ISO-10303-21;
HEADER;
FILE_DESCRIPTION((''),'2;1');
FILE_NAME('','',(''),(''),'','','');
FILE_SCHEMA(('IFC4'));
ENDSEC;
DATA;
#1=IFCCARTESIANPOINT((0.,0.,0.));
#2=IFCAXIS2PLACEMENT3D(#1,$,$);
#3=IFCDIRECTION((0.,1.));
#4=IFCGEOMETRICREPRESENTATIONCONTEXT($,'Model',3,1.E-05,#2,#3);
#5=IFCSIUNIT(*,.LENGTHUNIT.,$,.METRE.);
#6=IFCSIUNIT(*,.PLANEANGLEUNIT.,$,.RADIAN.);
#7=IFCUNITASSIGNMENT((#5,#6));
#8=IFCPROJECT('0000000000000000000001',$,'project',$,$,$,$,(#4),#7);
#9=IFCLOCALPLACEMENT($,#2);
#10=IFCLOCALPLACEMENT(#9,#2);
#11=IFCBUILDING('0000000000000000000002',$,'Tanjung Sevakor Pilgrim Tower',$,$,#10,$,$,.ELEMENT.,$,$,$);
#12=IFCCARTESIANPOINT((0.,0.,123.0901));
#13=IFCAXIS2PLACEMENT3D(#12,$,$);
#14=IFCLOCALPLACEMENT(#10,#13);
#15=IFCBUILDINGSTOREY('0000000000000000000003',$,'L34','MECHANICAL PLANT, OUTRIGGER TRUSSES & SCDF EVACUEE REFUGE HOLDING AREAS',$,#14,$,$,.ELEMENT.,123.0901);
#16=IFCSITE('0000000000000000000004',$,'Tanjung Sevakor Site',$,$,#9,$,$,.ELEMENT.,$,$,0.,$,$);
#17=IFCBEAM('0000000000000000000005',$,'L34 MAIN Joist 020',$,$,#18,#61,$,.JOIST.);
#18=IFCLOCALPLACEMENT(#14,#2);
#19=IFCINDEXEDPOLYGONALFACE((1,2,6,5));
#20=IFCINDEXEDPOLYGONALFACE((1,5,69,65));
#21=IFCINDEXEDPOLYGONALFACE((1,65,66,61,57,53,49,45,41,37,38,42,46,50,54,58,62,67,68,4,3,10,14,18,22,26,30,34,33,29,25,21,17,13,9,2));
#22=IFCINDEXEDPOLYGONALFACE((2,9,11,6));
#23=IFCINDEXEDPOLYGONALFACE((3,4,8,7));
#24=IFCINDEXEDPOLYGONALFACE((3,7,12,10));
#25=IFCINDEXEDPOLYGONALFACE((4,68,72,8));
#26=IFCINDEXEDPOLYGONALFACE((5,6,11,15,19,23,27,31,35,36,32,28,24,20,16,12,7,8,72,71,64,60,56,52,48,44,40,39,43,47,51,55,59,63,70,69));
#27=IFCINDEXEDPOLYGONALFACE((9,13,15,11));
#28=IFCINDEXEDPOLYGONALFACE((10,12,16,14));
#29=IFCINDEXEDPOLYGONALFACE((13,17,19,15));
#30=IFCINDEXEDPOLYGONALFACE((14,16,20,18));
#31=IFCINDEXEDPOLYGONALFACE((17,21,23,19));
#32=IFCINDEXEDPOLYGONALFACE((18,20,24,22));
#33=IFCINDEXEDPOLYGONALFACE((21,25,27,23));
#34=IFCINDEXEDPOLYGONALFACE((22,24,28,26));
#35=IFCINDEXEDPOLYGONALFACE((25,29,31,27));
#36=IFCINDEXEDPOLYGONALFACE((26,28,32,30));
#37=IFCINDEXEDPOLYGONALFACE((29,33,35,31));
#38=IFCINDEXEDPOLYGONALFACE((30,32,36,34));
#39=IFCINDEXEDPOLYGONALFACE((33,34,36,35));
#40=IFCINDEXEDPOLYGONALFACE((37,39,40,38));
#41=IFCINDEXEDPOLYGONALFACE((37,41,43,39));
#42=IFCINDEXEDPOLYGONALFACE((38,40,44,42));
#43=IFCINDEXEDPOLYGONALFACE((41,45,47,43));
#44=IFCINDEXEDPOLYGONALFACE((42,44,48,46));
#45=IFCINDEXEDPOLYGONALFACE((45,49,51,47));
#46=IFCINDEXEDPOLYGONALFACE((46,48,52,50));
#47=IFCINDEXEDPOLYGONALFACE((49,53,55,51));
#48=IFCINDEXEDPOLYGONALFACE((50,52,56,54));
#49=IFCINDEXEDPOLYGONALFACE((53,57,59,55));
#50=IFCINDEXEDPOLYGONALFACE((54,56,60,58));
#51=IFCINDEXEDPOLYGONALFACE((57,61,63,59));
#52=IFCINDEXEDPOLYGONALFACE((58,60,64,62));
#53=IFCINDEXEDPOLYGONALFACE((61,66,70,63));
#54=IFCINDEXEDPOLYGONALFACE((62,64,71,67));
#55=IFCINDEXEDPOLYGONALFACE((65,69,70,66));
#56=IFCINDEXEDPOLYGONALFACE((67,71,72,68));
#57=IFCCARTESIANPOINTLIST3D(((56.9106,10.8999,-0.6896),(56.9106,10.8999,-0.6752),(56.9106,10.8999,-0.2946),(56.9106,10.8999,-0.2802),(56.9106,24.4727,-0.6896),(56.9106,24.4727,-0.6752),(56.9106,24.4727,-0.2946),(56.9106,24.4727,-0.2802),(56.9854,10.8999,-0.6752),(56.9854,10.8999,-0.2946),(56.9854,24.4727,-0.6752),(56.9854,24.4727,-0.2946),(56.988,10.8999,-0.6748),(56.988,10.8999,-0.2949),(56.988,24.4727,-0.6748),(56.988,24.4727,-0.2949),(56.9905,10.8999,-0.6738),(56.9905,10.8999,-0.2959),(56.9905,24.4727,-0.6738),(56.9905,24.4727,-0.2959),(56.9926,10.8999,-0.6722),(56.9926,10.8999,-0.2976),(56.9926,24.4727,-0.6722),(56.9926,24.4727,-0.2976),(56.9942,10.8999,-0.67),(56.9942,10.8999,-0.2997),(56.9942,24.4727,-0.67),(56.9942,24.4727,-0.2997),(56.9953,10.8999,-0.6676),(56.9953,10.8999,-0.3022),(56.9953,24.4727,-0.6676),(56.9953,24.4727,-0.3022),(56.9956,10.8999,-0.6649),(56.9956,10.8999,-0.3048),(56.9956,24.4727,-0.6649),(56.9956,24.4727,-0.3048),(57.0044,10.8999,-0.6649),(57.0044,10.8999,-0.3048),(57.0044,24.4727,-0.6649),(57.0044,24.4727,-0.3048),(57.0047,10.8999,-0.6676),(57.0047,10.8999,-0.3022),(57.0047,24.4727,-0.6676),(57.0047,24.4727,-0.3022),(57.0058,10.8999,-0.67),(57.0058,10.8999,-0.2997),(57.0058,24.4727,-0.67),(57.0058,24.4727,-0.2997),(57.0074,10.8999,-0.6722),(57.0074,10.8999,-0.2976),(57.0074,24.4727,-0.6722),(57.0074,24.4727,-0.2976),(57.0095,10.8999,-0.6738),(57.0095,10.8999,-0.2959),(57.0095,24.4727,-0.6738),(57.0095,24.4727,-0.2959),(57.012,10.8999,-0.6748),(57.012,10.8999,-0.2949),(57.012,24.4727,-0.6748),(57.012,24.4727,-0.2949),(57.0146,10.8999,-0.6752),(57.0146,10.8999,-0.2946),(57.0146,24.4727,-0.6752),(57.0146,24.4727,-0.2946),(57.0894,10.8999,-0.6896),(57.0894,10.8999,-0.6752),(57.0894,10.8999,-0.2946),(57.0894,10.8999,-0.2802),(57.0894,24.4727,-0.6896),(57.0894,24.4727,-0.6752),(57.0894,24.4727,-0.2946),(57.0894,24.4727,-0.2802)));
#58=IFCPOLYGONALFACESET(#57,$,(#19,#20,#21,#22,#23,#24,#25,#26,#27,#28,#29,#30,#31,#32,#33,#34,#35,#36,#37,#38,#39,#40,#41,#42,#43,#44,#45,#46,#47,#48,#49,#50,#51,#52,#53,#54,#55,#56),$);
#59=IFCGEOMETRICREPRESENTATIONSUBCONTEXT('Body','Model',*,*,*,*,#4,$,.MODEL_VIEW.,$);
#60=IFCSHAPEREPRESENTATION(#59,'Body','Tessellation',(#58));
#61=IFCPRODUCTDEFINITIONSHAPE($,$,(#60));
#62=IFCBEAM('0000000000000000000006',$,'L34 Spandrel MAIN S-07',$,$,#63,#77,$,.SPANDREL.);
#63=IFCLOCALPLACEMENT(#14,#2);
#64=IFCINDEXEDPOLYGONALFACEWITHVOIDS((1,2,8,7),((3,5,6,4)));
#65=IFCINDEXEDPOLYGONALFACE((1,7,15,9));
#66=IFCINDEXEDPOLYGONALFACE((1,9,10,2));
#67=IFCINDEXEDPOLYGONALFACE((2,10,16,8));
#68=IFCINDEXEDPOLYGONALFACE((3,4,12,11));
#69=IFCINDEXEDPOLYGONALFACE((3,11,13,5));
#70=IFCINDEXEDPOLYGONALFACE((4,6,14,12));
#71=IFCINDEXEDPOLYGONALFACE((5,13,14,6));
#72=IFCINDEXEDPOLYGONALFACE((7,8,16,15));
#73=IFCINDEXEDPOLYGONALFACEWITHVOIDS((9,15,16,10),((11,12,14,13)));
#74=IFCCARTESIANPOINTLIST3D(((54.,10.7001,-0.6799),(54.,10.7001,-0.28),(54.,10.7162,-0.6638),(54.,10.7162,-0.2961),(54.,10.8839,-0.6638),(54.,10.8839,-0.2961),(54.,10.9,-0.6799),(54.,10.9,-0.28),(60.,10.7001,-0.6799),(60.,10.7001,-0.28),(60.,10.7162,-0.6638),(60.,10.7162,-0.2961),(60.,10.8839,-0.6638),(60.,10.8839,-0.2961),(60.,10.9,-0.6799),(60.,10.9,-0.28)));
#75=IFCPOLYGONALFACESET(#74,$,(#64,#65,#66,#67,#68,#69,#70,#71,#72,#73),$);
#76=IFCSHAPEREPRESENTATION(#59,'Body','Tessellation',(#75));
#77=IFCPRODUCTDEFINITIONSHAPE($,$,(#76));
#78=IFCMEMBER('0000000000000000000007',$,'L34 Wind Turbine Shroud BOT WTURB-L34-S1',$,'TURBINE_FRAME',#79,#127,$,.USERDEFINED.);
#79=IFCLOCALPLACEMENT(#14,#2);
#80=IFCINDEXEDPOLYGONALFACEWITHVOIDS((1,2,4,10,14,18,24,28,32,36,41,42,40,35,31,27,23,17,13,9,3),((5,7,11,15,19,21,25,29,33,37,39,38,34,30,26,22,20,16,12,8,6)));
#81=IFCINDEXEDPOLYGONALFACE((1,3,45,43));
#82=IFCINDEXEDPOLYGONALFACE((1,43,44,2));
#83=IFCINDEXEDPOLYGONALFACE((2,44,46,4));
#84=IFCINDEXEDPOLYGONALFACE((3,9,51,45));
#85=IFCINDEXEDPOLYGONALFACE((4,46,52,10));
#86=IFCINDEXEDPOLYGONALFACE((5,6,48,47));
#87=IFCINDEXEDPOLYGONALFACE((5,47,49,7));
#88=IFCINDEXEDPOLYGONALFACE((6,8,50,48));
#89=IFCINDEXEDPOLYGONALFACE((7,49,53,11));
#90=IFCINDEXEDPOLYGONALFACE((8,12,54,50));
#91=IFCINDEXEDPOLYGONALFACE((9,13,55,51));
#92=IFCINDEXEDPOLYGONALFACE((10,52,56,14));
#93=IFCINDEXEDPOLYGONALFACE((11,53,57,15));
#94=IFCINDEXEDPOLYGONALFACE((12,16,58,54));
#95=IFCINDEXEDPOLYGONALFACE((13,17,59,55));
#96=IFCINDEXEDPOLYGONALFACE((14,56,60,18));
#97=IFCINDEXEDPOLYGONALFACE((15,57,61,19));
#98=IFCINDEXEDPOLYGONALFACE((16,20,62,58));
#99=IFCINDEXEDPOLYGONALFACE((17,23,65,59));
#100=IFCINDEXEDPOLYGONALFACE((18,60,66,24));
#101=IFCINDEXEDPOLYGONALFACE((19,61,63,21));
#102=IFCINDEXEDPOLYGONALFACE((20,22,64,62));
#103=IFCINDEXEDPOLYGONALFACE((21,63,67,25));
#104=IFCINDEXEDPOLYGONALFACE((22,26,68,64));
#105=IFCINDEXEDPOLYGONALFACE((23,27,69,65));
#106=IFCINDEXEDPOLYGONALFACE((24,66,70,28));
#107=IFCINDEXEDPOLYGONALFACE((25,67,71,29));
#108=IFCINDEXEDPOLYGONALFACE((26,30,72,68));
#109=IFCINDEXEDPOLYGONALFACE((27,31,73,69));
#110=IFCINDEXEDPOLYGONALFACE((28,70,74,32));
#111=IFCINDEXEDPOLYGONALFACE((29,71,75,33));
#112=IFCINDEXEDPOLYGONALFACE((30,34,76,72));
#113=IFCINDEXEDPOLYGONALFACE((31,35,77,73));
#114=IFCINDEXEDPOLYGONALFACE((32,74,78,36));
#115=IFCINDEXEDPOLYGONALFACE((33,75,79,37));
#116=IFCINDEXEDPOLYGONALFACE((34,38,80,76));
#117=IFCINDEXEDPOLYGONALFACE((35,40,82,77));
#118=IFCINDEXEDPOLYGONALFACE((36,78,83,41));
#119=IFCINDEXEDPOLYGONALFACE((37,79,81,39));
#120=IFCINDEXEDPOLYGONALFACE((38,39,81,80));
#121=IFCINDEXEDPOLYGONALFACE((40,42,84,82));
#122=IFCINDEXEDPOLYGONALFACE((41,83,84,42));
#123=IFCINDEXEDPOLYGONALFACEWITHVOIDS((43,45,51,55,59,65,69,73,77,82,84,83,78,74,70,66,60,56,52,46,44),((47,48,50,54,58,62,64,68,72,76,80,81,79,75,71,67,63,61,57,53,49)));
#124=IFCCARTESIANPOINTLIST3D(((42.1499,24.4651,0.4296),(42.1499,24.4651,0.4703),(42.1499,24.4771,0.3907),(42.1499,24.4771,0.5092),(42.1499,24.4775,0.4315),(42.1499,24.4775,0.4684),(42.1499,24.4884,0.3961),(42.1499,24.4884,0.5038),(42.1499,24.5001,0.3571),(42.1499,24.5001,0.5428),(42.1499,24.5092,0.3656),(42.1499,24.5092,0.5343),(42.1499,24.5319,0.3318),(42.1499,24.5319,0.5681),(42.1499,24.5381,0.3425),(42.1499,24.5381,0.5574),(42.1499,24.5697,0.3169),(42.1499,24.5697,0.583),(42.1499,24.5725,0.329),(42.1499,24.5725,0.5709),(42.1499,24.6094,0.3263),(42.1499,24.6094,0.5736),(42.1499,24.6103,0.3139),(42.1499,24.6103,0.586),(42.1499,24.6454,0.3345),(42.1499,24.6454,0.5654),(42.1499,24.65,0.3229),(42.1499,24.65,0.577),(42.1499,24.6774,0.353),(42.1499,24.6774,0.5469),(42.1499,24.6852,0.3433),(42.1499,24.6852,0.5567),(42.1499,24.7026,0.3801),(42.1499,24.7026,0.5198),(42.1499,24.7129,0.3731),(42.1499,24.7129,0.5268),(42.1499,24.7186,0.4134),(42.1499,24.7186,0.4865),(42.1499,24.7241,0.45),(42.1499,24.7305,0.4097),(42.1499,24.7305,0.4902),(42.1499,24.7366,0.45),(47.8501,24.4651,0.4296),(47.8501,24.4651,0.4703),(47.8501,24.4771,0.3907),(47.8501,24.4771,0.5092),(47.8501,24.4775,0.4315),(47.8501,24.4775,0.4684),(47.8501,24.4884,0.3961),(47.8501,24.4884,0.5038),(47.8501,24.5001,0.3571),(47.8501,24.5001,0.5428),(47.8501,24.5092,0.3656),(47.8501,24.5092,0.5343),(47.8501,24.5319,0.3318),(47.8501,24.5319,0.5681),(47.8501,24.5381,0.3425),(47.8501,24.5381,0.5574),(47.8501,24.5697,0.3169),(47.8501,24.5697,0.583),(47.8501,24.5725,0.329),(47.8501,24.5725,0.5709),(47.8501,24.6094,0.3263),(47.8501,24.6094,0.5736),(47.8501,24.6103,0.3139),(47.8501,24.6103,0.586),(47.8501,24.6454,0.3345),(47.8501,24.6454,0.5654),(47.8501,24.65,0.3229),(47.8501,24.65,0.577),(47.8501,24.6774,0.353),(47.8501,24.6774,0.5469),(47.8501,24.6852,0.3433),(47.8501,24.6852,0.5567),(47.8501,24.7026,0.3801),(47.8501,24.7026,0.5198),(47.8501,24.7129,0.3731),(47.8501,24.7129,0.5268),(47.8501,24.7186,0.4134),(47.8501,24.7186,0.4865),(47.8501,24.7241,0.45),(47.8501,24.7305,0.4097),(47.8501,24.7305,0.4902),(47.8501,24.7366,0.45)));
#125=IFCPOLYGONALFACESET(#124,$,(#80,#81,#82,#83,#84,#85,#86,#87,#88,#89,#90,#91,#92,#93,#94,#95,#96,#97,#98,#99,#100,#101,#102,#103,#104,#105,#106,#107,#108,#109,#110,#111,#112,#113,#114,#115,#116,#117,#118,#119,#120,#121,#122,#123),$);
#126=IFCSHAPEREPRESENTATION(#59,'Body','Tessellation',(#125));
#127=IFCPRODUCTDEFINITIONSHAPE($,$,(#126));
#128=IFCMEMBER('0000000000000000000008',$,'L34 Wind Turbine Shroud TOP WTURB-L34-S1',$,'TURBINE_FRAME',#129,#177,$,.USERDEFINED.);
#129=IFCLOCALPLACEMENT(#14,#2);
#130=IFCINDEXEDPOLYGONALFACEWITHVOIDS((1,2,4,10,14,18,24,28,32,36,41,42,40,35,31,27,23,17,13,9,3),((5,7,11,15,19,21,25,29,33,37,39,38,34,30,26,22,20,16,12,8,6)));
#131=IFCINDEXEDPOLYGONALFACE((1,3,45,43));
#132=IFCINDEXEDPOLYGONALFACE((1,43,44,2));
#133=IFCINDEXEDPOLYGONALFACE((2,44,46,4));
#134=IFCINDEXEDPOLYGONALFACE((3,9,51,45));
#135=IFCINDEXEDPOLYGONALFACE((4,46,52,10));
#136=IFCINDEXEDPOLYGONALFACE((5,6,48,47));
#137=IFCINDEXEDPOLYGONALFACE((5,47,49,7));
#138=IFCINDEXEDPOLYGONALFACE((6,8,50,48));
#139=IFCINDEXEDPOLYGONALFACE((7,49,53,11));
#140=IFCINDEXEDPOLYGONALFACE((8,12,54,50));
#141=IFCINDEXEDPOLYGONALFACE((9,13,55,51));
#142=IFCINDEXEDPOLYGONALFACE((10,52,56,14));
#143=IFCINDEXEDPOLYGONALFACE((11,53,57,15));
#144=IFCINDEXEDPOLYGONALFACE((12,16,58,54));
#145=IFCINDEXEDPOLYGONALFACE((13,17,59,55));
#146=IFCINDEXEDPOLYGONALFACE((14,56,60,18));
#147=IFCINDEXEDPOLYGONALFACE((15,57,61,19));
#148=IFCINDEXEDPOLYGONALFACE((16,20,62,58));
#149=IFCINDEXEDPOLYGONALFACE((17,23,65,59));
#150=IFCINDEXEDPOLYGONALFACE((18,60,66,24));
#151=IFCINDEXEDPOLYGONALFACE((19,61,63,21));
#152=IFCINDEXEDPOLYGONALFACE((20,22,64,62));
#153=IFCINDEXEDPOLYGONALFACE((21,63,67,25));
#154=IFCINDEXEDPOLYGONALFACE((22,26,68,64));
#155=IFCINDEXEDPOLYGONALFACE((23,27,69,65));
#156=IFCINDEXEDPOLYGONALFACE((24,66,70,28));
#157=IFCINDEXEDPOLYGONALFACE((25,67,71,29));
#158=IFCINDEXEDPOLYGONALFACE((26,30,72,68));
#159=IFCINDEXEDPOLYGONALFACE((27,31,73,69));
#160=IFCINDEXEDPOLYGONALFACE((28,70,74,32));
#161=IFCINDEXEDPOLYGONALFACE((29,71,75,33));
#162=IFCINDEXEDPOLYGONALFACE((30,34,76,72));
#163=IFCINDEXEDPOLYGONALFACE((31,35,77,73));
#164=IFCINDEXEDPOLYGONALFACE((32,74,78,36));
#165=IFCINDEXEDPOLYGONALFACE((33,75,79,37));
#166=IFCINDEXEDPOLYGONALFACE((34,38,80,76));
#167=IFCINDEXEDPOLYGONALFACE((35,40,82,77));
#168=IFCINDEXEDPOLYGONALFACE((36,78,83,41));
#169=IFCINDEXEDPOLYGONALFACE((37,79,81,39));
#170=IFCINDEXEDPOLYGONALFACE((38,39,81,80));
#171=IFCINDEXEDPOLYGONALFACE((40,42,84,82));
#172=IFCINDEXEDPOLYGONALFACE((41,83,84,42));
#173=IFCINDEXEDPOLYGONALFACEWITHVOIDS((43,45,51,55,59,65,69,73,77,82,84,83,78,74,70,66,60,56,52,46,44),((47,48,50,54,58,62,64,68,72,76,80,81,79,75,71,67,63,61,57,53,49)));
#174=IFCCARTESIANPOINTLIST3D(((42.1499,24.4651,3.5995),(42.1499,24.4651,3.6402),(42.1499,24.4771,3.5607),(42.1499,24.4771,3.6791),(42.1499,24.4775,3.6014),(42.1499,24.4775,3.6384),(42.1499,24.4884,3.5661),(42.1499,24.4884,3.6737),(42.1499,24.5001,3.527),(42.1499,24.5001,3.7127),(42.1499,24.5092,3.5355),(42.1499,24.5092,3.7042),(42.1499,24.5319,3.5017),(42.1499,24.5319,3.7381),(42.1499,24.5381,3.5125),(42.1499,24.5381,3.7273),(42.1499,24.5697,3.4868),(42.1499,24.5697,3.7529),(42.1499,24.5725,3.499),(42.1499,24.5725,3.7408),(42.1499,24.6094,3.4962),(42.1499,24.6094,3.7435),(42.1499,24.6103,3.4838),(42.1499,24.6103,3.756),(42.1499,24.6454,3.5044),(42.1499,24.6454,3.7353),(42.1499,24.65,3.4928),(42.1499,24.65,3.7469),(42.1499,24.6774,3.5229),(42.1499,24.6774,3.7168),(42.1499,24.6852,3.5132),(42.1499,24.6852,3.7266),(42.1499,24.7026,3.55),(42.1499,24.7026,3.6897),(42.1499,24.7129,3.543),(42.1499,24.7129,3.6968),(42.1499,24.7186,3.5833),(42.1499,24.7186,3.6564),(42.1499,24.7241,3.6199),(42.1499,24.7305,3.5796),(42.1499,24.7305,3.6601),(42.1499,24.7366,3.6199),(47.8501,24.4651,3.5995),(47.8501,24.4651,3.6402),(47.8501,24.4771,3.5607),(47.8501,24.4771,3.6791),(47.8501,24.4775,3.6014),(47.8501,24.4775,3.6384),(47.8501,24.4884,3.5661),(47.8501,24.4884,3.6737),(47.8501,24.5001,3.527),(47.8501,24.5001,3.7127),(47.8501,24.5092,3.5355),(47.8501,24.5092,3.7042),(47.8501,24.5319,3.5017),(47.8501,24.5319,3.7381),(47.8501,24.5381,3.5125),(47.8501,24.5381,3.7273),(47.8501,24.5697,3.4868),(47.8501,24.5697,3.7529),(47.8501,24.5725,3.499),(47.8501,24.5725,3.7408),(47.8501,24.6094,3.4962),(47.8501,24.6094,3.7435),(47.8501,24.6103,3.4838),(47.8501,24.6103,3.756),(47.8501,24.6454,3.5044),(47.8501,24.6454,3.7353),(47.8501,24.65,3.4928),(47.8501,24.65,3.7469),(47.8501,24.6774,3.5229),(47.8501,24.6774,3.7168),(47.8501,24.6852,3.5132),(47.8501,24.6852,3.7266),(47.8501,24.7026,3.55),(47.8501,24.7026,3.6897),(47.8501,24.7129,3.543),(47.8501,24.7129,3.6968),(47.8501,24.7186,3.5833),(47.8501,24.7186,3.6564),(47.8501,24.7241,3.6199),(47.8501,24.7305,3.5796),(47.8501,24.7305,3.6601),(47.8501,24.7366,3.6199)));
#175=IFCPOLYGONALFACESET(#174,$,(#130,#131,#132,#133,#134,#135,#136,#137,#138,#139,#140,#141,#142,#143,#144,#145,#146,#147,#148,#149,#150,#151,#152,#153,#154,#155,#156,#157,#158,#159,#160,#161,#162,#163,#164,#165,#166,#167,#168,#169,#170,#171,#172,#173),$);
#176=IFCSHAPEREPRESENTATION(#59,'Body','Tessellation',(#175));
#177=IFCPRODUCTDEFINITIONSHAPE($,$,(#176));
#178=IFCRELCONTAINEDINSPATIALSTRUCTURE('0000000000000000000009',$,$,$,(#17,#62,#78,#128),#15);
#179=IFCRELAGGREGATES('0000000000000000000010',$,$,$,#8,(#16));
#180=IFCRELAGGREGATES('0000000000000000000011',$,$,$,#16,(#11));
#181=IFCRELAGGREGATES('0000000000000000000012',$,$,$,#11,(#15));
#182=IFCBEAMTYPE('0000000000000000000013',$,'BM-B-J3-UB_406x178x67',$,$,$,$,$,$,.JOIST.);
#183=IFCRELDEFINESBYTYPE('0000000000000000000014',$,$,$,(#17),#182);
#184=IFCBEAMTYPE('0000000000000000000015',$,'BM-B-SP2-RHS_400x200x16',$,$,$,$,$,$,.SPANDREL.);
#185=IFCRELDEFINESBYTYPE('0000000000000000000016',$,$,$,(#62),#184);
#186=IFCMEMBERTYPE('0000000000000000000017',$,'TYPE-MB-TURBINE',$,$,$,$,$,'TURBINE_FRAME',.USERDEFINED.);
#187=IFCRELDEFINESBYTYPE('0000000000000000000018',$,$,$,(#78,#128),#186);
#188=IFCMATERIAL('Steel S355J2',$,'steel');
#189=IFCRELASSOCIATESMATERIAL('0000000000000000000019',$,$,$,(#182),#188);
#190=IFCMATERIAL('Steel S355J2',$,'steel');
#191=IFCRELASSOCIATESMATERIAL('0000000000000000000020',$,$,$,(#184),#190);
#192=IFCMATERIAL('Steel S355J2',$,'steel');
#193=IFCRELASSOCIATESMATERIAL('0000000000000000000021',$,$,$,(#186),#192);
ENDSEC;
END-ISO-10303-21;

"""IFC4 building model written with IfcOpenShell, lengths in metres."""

from ifc_helpers import new_model, si_unit, direction, frame, origin, origin_2d, place, context, subcontext, project, spatial, hollow_rectangle, hollow_circle, i_section, extrude, material, material_profile, profile_set, type_object, element, save


model = new_model("IFC4")

# Units and contexts
model_context = context("Model", 3, precision=1e-05, world=origin(), true_north=direction((0.0, 1.0)))
body_context = subcontext(model_context, "Body", "Model", "MODEL_VIEW")
ifc_project = project(units=[si_unit("LENGTHUNIT", "METRE"), si_unit("PLANEANGLEUNIT", "RADIAN")], contexts=[model_context])

# Site, building, storey
site_placement = place(None, origin())
site = spatial("IfcSite", under=ifc_project, at=site_placement, Name="Tanjung Sevakor Site", CompositionType="ELEMENT", RefElevation=0.0)
building_placement = place(site_placement, origin())
building = spatial("IfcBuilding", under=site, at=building_placement, Name="Tanjung Sevakor Pilgrim Tower", CompositionType="ELEMENT")
storey_placement = place(building_placement, frame((0.0, 0.0, 123.0901)))
storey = spatial("IfcBuildingStorey", under=building, at=storey_placement, Name="L34", Description="MECHANICAL PLANT, OUTRIGGER TRUSSES & SCDF EVACUEE REFUGE HOLDING AREAS", CompositionType="ELEMENT", Elevation=123.0901)

# Beams
ifc_material_1 = material(Name="Steel S355J2", Category="steel")
ifc_material_profile_1 = material_profile(ifc_material_1, i_section(OverallWidth=0.1787, OverallDepth=0.4094, WebThickness=0.0088, FlangeThickness=0.0144, FilletRadius=0.0103, at=origin_2d()))
ifc_profile_set_1 = profile_set([ifc_material_profile_1], Name="Steel S355J2")
beam_type_1 = type_object("IfcBeamType", Name="BM-B-J3-UB_406x178x67", PredefinedType="JOIST", material=ifc_profile_set_1)
beam_1_placement = place(storey_placement, frame((57.0, 10.8999, -0.4849), z_axis=(0.0, 1.0, 0.0), x_axis=(-1.0, 0.0, 0.0)))
element("IfcBeam", 1, at=beam_1_placement, inside=storey, type_object=beam_type_1, Name="L34 MAIN Joist 020", PredefinedType="JOIST", context=body_context, shape_type="SweptSolid", body=[
    extrude(i_section(OverallWidth=0.1787, OverallDepth=0.4094, WebThickness=0.0088, FlangeThickness=0.0144, FilletRadius=0.0103, at=origin_2d()), origin(), (0.0, 0.0, 1.0), 13.5728),
])
ifc_material_2 = material(Name="Steel S355J2", Category="steel")
ifc_material_profile_2 = material_profile(ifc_material_2, hollow_rectangle(XDim=0.2, YDim=0.3999, WallThickness=0.0161, at=origin_2d()))
ifc_profile_set_2 = profile_set([ifc_material_profile_2], Name="Steel S355J2")
beam_type_2 = type_object("IfcBeamType", Name="BM-B-SP2-RHS_400x200x16", PredefinedType="SPANDREL", material=ifc_profile_set_2)
beam_2_placement = place(storey_placement, frame((54.0, 10.8, -0.48), z_axis=(1.0, 0.0, 0.0), x_axis=(0.0, 1.0, 0.0)))
element("IfcBeam", 2, at=beam_2_placement, inside=storey, type_object=beam_type_2, Name="L34 Spandrel MAIN S-07", PredefinedType="SPANDREL", context=body_context, shape_type="SweptSolid", body=[
    extrude(hollow_rectangle(XDim=0.2, YDim=0.3999, WallThickness=0.0161, at=origin_2d()), origin(), (0.0, 0.0, 1.0), 6.0),
])

# Members
ifc_material_3 = material(Name="Steel S355J2", Category="steel")
ifc_material_profile_3 = material_profile(ifc_material_3, hollow_circle(Radius=0.1365, WallThickness=0.0125, at=origin_2d()))
ifc_profile_set_3 = profile_set([ifc_material_profile_3], Name="Steel S355J2")
member_type = type_object("IfcMemberType", Name="TYPE-MB-TURBINE", ElementType="TURBINE_FRAME", PredefinedType="USERDEFINED", material=ifc_profile_set_3)
for number, where, z_axis, x_axis, name in (
    (3, (42.1499, 24.6001, 0.45), (1.0, 0.0, 0.0), (0.0, 1.0, 0.0), "L34 Wind Turbine Shroud BOT WTURB-L34-S1"),
    (4, (42.1499, 24.6001, 3.6199), (1.0, 0.0, 0.0), (0.0, 1.0, 0.0), "L34 Wind Turbine Shroud TOP WTURB-L34-S1"),
):
    element("IfcMember", number, at=place(storey_placement, frame(where, z_axis=z_axis, x_axis=x_axis)), inside=storey, type_object=member_type, Name=name, ObjectType="TURBINE_FRAME", PredefinedType="USERDEFINED", context=body_context, shape_type="SweptSolid", body=[
        extrude(hollow_circle(Radius=0.1365, WallThickness=0.0125, at=origin_2d()), origin(), (0.0, 0.0, 1.0), 5.7002),
    ])

save(model, "model.ifc")
